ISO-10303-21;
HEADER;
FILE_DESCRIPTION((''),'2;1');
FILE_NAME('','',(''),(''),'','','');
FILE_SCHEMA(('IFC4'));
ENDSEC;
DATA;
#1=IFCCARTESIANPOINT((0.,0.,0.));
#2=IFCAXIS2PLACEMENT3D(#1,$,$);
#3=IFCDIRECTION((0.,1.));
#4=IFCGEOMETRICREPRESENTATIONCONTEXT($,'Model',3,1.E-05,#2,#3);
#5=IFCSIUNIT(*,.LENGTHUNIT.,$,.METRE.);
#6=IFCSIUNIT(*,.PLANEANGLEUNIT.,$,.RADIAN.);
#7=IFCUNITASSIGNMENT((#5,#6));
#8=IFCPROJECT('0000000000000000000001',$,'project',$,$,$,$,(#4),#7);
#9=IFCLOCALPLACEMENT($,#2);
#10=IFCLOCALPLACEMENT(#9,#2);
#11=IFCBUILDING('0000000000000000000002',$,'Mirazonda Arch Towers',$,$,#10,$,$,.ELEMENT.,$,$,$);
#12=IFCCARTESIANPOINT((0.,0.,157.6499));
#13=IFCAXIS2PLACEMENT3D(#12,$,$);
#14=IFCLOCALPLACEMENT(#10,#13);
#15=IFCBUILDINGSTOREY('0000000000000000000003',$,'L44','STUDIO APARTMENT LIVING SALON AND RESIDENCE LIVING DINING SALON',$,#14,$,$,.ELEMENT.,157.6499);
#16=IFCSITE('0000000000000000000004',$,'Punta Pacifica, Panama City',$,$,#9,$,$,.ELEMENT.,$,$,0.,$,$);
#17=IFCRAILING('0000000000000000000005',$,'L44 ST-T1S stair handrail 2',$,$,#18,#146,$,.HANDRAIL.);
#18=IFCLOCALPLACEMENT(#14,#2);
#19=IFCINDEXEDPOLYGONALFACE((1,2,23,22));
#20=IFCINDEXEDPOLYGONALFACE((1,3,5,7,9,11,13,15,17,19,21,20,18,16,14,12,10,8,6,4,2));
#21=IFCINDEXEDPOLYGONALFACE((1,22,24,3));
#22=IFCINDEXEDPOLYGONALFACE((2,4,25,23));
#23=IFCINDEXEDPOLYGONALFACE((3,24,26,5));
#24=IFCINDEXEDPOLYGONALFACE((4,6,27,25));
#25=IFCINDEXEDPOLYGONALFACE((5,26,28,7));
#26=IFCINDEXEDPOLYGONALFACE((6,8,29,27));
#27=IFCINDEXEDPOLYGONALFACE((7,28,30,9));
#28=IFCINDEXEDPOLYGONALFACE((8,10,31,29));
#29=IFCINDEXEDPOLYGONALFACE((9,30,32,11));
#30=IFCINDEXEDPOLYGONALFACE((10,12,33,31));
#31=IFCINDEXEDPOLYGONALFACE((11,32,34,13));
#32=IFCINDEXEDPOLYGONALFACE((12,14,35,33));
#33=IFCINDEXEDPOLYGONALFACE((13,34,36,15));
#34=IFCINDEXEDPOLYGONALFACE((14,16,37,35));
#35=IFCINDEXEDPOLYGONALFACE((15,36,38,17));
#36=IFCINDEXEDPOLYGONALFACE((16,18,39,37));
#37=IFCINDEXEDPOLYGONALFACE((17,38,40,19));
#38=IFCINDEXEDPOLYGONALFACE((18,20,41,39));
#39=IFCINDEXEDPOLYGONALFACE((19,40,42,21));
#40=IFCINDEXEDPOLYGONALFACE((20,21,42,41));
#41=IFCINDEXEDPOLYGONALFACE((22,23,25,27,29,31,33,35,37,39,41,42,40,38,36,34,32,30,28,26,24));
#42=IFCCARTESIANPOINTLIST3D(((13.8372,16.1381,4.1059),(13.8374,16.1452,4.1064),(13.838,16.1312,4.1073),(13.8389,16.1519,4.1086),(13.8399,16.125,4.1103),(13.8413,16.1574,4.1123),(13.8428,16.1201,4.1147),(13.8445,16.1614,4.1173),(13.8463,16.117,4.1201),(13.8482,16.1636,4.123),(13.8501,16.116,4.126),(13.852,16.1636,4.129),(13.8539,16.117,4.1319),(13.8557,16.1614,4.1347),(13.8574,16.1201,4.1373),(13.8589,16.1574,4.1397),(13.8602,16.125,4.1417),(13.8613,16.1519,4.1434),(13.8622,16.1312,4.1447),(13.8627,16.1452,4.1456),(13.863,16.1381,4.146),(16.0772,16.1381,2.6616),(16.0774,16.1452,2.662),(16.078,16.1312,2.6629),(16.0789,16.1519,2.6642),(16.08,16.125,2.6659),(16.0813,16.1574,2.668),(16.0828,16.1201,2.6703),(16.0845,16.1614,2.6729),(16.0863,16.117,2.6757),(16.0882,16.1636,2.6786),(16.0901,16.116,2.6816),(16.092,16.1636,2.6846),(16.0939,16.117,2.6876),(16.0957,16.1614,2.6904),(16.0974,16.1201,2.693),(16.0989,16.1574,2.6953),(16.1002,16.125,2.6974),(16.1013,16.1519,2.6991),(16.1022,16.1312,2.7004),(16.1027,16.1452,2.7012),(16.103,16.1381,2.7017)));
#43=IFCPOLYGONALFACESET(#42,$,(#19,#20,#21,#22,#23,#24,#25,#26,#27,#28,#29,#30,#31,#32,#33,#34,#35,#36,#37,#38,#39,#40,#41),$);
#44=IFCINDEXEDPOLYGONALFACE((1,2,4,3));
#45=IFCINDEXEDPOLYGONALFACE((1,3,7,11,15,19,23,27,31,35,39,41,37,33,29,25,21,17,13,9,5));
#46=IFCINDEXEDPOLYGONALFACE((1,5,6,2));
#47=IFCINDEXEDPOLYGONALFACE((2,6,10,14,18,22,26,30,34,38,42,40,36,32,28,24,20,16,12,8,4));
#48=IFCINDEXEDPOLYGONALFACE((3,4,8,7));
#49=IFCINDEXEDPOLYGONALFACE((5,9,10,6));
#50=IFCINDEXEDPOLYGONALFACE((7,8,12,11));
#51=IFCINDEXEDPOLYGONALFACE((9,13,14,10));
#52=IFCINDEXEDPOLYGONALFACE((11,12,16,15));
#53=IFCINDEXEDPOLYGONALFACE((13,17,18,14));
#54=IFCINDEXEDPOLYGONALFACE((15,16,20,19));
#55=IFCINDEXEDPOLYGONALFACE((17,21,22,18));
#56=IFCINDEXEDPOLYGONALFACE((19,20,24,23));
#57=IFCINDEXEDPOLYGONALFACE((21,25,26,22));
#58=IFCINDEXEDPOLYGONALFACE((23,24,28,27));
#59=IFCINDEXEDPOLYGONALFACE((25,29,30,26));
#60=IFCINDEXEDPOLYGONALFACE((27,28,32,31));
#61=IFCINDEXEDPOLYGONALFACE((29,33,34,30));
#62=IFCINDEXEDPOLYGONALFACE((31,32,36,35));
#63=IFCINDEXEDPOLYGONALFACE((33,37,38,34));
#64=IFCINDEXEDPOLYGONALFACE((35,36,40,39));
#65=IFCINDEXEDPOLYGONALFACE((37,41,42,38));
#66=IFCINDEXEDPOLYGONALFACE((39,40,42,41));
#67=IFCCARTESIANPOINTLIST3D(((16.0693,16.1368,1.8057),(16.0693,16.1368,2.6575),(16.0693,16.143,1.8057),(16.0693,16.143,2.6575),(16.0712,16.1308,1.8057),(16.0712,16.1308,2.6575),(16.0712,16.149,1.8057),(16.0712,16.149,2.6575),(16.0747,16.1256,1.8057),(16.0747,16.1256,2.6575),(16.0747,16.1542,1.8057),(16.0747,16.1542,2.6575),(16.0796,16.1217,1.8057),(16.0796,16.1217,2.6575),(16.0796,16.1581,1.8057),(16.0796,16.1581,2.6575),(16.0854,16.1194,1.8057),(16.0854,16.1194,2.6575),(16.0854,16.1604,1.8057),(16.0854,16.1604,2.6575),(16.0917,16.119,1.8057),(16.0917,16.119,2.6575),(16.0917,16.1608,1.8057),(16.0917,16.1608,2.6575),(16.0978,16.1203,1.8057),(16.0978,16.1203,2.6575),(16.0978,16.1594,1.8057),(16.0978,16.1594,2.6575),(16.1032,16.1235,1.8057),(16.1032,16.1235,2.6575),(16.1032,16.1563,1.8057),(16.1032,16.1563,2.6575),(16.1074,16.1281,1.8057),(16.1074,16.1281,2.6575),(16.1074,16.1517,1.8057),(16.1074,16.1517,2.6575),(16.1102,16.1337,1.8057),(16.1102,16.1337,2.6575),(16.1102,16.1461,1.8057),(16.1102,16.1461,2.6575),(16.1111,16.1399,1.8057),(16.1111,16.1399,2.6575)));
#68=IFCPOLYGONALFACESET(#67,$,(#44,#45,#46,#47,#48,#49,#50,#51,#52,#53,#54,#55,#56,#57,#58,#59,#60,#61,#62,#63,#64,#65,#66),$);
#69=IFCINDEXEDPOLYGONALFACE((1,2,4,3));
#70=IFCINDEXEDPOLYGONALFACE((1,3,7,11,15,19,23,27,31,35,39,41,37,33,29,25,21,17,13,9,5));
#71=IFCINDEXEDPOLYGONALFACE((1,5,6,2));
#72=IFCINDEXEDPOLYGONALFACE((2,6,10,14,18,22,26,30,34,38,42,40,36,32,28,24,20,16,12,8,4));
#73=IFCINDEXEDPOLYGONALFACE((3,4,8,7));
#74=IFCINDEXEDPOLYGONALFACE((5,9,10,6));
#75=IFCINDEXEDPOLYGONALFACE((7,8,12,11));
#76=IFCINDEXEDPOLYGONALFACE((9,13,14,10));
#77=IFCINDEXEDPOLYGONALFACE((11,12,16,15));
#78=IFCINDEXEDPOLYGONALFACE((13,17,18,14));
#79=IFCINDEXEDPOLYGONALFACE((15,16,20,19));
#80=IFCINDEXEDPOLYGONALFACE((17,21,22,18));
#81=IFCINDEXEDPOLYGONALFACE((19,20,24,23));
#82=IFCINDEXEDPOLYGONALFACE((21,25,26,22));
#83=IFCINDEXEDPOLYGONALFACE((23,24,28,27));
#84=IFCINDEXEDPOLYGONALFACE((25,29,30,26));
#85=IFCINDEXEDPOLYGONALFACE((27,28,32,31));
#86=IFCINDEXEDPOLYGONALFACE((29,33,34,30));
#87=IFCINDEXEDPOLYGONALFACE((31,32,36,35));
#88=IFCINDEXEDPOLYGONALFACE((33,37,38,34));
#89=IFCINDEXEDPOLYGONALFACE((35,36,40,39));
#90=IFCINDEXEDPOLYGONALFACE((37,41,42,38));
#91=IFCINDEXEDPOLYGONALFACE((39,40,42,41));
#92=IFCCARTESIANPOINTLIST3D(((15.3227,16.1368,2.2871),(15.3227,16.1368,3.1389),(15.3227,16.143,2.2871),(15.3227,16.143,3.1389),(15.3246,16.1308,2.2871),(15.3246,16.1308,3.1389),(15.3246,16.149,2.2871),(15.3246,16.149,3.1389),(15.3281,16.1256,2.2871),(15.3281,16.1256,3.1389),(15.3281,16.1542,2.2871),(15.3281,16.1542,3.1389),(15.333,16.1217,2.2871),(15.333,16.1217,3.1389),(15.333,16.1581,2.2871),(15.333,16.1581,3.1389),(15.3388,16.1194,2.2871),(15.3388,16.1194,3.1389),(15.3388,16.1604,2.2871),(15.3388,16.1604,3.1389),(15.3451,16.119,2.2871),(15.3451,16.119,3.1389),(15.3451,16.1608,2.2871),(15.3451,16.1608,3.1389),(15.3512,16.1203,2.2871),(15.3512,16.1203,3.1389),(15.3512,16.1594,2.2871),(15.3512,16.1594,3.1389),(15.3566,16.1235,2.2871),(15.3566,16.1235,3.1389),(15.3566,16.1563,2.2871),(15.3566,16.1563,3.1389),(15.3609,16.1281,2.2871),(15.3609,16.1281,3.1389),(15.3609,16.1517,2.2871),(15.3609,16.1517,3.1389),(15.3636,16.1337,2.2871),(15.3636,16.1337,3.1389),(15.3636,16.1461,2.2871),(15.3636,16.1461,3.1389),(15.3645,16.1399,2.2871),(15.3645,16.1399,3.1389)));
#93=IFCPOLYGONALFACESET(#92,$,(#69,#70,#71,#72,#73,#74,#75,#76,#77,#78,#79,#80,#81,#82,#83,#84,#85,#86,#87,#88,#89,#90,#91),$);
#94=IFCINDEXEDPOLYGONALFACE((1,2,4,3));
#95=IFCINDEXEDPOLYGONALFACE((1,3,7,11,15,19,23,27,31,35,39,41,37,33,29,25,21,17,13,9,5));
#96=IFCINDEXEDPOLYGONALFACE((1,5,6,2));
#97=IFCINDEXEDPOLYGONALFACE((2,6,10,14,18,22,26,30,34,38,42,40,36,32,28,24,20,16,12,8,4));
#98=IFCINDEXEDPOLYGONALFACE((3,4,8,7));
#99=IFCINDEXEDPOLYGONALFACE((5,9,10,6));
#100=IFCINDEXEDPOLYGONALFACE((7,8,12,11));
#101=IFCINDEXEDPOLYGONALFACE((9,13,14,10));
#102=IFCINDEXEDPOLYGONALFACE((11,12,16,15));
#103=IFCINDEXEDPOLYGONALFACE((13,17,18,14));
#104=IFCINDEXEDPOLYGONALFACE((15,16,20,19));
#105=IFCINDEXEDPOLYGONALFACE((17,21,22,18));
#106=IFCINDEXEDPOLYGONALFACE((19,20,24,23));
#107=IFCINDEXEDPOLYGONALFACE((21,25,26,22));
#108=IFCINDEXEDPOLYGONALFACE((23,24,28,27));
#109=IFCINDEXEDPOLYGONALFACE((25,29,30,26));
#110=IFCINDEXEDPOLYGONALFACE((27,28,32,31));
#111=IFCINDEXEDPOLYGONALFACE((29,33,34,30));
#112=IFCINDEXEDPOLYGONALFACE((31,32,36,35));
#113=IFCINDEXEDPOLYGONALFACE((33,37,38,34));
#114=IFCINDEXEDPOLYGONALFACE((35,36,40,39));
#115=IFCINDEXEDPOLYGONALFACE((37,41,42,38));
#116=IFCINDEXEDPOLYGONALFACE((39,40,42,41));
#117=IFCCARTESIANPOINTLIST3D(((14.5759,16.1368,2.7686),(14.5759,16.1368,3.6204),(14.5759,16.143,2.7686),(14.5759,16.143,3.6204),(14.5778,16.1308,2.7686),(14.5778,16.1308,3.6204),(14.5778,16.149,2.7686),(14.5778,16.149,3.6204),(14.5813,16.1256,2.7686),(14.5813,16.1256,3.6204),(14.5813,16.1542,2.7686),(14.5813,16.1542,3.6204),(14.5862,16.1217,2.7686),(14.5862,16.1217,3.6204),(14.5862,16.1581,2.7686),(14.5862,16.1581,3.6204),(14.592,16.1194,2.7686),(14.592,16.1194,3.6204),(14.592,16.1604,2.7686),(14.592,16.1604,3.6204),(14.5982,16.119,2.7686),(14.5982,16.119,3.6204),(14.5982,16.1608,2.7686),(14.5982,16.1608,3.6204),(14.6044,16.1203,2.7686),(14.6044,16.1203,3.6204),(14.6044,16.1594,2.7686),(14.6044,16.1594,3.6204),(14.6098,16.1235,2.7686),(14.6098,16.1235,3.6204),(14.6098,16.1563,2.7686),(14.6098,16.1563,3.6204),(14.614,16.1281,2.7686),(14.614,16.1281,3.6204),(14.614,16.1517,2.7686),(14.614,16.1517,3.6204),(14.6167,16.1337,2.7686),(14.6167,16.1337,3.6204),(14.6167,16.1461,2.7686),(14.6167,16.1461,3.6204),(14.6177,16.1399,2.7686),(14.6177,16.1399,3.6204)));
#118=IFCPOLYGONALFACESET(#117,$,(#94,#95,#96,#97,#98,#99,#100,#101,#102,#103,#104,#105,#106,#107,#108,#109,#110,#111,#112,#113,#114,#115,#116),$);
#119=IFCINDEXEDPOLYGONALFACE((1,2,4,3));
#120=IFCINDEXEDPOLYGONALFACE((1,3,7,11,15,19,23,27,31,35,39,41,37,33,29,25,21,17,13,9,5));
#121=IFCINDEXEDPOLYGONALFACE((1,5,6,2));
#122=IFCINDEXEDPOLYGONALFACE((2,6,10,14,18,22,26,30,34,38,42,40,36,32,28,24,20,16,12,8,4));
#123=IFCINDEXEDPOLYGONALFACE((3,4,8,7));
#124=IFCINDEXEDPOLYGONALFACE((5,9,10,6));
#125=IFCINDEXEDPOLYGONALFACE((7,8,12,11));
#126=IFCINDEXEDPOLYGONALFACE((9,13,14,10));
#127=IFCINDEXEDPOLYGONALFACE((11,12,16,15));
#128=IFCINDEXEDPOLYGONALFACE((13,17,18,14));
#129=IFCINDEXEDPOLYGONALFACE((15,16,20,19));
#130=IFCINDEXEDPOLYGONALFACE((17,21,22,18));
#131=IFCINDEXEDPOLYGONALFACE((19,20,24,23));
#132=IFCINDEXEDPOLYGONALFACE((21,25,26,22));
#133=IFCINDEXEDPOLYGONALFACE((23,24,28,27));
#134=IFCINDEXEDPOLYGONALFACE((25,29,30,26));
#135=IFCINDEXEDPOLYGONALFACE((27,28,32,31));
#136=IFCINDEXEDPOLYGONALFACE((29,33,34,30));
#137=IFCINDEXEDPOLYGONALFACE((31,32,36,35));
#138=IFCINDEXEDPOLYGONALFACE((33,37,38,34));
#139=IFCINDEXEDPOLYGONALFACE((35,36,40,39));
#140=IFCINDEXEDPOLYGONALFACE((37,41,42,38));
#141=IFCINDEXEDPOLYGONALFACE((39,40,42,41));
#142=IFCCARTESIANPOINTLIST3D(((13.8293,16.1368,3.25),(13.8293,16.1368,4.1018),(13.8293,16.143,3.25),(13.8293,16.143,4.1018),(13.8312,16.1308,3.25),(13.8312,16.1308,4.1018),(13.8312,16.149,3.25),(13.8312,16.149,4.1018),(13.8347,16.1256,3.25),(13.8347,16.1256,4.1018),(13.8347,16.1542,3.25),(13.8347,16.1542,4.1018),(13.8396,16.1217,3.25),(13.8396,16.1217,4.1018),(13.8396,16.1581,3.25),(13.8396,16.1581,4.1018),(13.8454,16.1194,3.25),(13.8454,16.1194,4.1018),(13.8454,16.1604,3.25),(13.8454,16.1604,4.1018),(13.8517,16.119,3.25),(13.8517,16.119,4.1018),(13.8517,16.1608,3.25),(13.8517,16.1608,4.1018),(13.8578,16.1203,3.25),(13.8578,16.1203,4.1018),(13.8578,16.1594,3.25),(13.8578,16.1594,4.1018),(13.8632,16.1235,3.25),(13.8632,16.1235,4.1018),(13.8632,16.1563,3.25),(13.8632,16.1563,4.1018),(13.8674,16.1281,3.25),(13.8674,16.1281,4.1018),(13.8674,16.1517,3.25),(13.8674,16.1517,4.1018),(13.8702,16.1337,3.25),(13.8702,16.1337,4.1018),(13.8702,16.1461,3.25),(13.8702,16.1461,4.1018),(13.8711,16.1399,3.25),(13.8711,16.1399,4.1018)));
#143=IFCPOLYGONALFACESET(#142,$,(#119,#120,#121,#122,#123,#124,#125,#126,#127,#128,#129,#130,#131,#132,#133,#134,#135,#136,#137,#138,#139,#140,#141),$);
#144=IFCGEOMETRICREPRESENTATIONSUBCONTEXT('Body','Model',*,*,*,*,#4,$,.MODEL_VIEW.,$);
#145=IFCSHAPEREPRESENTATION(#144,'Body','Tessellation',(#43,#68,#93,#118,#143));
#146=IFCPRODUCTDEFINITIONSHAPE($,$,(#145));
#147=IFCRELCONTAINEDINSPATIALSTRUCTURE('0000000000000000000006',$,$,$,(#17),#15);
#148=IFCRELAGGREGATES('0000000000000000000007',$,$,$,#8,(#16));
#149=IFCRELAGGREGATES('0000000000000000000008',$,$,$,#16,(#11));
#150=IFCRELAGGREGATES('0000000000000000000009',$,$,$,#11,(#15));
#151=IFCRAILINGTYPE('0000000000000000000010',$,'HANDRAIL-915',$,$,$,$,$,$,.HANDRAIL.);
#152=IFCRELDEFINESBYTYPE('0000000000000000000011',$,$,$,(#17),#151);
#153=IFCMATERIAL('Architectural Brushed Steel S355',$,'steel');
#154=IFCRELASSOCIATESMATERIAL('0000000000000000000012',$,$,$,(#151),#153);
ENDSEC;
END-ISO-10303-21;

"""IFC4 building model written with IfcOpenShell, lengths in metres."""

from ifc_helpers import new_model, si_unit, direction, frame, origin, origin_2d, place, context, subcontext, project, spatial, circle, extrude, material, type_object, element, save


model = new_model("IFC4")

# Units and contexts
model_context = context("Model", 3, precision=1e-05, world=origin(), true_north=direction((0.0, 1.0)))
body_context = subcontext(model_context, "Body", "Model", "MODEL_VIEW")
ifc_project = project(units=[si_unit("LENGTHUNIT", "METRE"), si_unit("PLANEANGLEUNIT", "RADIAN")], contexts=[model_context])

# Site, building, storey
site_placement = place(None, origin())
site = spatial("IfcSite", under=ifc_project, at=site_placement, Name="Punta Pacifica, Panama City", CompositionType="ELEMENT", RefElevation=0.0)
building_placement = place(site_placement, origin())
building = spatial("IfcBuilding", under=site, at=building_placement, Name="Mirazonda Arch Towers", CompositionType="ELEMENT")
storey_placement = place(building_placement, frame((0.0, 0.0, 157.6499)))
storey = spatial("IfcBuildingStorey", under=building, at=storey_placement, Name="L44", Description="STUDIO APARTMENT LIVING SALON AND RESIDENCE LIVING DINING SALON", CompositionType="ELEMENT", Elevation=157.6499)

# Shared definitions
ifc_material_1 = material(Name="Architectural Brushed Steel S355", Category="steel")

# Railing
railing_type_1 = type_object("IfcRailingType", Name="HANDRAIL-915", PredefinedType="HANDRAIL", material=ifc_material_1)
railing_1_placement = place(storey_placement, frame((16.0901, 16.1399, 1.8057)))
element("IfcRailing", 1, at=railing_1_placement, inside=storey, type_object=railing_type_1, Name="L44 ST-T1S stair handrail 2", PredefinedType="HANDRAIL", context=body_context, shape_type="SweptSolid", body=[
    extrude(circle(Radius=0.0239, at=origin_2d()), frame((0.0, 0.0, 0.876), z_axis=(-0.840437, 0.0, 0.54191), x_axis=(0.0, -1.0, 0.0)), (0.0, 0.0, 1.0), 2.6653),
    extrude(circle(Radius=0.021, at=origin_2d()), origin(), (0.0, 0.0, 1.0), 0.8518),
    extrude(circle(Radius=0.021, at=origin_2d()), frame((-0.7466, 0.0, 0.4814)), (0.0, 0.0, 1.0), 0.8518),
    extrude(circle(Radius=0.021, at=origin_2d()), frame((-1.4934, 0.0, 0.9629)), (0.0, 0.0, 1.0), 0.8518),
    extrude(circle(Radius=0.021, at=origin_2d()), frame((-2.24, 0.0, 1.4443)), (0.0, 0.0, 1.0), 0.8518),
])

save(model, "model.ifc")
